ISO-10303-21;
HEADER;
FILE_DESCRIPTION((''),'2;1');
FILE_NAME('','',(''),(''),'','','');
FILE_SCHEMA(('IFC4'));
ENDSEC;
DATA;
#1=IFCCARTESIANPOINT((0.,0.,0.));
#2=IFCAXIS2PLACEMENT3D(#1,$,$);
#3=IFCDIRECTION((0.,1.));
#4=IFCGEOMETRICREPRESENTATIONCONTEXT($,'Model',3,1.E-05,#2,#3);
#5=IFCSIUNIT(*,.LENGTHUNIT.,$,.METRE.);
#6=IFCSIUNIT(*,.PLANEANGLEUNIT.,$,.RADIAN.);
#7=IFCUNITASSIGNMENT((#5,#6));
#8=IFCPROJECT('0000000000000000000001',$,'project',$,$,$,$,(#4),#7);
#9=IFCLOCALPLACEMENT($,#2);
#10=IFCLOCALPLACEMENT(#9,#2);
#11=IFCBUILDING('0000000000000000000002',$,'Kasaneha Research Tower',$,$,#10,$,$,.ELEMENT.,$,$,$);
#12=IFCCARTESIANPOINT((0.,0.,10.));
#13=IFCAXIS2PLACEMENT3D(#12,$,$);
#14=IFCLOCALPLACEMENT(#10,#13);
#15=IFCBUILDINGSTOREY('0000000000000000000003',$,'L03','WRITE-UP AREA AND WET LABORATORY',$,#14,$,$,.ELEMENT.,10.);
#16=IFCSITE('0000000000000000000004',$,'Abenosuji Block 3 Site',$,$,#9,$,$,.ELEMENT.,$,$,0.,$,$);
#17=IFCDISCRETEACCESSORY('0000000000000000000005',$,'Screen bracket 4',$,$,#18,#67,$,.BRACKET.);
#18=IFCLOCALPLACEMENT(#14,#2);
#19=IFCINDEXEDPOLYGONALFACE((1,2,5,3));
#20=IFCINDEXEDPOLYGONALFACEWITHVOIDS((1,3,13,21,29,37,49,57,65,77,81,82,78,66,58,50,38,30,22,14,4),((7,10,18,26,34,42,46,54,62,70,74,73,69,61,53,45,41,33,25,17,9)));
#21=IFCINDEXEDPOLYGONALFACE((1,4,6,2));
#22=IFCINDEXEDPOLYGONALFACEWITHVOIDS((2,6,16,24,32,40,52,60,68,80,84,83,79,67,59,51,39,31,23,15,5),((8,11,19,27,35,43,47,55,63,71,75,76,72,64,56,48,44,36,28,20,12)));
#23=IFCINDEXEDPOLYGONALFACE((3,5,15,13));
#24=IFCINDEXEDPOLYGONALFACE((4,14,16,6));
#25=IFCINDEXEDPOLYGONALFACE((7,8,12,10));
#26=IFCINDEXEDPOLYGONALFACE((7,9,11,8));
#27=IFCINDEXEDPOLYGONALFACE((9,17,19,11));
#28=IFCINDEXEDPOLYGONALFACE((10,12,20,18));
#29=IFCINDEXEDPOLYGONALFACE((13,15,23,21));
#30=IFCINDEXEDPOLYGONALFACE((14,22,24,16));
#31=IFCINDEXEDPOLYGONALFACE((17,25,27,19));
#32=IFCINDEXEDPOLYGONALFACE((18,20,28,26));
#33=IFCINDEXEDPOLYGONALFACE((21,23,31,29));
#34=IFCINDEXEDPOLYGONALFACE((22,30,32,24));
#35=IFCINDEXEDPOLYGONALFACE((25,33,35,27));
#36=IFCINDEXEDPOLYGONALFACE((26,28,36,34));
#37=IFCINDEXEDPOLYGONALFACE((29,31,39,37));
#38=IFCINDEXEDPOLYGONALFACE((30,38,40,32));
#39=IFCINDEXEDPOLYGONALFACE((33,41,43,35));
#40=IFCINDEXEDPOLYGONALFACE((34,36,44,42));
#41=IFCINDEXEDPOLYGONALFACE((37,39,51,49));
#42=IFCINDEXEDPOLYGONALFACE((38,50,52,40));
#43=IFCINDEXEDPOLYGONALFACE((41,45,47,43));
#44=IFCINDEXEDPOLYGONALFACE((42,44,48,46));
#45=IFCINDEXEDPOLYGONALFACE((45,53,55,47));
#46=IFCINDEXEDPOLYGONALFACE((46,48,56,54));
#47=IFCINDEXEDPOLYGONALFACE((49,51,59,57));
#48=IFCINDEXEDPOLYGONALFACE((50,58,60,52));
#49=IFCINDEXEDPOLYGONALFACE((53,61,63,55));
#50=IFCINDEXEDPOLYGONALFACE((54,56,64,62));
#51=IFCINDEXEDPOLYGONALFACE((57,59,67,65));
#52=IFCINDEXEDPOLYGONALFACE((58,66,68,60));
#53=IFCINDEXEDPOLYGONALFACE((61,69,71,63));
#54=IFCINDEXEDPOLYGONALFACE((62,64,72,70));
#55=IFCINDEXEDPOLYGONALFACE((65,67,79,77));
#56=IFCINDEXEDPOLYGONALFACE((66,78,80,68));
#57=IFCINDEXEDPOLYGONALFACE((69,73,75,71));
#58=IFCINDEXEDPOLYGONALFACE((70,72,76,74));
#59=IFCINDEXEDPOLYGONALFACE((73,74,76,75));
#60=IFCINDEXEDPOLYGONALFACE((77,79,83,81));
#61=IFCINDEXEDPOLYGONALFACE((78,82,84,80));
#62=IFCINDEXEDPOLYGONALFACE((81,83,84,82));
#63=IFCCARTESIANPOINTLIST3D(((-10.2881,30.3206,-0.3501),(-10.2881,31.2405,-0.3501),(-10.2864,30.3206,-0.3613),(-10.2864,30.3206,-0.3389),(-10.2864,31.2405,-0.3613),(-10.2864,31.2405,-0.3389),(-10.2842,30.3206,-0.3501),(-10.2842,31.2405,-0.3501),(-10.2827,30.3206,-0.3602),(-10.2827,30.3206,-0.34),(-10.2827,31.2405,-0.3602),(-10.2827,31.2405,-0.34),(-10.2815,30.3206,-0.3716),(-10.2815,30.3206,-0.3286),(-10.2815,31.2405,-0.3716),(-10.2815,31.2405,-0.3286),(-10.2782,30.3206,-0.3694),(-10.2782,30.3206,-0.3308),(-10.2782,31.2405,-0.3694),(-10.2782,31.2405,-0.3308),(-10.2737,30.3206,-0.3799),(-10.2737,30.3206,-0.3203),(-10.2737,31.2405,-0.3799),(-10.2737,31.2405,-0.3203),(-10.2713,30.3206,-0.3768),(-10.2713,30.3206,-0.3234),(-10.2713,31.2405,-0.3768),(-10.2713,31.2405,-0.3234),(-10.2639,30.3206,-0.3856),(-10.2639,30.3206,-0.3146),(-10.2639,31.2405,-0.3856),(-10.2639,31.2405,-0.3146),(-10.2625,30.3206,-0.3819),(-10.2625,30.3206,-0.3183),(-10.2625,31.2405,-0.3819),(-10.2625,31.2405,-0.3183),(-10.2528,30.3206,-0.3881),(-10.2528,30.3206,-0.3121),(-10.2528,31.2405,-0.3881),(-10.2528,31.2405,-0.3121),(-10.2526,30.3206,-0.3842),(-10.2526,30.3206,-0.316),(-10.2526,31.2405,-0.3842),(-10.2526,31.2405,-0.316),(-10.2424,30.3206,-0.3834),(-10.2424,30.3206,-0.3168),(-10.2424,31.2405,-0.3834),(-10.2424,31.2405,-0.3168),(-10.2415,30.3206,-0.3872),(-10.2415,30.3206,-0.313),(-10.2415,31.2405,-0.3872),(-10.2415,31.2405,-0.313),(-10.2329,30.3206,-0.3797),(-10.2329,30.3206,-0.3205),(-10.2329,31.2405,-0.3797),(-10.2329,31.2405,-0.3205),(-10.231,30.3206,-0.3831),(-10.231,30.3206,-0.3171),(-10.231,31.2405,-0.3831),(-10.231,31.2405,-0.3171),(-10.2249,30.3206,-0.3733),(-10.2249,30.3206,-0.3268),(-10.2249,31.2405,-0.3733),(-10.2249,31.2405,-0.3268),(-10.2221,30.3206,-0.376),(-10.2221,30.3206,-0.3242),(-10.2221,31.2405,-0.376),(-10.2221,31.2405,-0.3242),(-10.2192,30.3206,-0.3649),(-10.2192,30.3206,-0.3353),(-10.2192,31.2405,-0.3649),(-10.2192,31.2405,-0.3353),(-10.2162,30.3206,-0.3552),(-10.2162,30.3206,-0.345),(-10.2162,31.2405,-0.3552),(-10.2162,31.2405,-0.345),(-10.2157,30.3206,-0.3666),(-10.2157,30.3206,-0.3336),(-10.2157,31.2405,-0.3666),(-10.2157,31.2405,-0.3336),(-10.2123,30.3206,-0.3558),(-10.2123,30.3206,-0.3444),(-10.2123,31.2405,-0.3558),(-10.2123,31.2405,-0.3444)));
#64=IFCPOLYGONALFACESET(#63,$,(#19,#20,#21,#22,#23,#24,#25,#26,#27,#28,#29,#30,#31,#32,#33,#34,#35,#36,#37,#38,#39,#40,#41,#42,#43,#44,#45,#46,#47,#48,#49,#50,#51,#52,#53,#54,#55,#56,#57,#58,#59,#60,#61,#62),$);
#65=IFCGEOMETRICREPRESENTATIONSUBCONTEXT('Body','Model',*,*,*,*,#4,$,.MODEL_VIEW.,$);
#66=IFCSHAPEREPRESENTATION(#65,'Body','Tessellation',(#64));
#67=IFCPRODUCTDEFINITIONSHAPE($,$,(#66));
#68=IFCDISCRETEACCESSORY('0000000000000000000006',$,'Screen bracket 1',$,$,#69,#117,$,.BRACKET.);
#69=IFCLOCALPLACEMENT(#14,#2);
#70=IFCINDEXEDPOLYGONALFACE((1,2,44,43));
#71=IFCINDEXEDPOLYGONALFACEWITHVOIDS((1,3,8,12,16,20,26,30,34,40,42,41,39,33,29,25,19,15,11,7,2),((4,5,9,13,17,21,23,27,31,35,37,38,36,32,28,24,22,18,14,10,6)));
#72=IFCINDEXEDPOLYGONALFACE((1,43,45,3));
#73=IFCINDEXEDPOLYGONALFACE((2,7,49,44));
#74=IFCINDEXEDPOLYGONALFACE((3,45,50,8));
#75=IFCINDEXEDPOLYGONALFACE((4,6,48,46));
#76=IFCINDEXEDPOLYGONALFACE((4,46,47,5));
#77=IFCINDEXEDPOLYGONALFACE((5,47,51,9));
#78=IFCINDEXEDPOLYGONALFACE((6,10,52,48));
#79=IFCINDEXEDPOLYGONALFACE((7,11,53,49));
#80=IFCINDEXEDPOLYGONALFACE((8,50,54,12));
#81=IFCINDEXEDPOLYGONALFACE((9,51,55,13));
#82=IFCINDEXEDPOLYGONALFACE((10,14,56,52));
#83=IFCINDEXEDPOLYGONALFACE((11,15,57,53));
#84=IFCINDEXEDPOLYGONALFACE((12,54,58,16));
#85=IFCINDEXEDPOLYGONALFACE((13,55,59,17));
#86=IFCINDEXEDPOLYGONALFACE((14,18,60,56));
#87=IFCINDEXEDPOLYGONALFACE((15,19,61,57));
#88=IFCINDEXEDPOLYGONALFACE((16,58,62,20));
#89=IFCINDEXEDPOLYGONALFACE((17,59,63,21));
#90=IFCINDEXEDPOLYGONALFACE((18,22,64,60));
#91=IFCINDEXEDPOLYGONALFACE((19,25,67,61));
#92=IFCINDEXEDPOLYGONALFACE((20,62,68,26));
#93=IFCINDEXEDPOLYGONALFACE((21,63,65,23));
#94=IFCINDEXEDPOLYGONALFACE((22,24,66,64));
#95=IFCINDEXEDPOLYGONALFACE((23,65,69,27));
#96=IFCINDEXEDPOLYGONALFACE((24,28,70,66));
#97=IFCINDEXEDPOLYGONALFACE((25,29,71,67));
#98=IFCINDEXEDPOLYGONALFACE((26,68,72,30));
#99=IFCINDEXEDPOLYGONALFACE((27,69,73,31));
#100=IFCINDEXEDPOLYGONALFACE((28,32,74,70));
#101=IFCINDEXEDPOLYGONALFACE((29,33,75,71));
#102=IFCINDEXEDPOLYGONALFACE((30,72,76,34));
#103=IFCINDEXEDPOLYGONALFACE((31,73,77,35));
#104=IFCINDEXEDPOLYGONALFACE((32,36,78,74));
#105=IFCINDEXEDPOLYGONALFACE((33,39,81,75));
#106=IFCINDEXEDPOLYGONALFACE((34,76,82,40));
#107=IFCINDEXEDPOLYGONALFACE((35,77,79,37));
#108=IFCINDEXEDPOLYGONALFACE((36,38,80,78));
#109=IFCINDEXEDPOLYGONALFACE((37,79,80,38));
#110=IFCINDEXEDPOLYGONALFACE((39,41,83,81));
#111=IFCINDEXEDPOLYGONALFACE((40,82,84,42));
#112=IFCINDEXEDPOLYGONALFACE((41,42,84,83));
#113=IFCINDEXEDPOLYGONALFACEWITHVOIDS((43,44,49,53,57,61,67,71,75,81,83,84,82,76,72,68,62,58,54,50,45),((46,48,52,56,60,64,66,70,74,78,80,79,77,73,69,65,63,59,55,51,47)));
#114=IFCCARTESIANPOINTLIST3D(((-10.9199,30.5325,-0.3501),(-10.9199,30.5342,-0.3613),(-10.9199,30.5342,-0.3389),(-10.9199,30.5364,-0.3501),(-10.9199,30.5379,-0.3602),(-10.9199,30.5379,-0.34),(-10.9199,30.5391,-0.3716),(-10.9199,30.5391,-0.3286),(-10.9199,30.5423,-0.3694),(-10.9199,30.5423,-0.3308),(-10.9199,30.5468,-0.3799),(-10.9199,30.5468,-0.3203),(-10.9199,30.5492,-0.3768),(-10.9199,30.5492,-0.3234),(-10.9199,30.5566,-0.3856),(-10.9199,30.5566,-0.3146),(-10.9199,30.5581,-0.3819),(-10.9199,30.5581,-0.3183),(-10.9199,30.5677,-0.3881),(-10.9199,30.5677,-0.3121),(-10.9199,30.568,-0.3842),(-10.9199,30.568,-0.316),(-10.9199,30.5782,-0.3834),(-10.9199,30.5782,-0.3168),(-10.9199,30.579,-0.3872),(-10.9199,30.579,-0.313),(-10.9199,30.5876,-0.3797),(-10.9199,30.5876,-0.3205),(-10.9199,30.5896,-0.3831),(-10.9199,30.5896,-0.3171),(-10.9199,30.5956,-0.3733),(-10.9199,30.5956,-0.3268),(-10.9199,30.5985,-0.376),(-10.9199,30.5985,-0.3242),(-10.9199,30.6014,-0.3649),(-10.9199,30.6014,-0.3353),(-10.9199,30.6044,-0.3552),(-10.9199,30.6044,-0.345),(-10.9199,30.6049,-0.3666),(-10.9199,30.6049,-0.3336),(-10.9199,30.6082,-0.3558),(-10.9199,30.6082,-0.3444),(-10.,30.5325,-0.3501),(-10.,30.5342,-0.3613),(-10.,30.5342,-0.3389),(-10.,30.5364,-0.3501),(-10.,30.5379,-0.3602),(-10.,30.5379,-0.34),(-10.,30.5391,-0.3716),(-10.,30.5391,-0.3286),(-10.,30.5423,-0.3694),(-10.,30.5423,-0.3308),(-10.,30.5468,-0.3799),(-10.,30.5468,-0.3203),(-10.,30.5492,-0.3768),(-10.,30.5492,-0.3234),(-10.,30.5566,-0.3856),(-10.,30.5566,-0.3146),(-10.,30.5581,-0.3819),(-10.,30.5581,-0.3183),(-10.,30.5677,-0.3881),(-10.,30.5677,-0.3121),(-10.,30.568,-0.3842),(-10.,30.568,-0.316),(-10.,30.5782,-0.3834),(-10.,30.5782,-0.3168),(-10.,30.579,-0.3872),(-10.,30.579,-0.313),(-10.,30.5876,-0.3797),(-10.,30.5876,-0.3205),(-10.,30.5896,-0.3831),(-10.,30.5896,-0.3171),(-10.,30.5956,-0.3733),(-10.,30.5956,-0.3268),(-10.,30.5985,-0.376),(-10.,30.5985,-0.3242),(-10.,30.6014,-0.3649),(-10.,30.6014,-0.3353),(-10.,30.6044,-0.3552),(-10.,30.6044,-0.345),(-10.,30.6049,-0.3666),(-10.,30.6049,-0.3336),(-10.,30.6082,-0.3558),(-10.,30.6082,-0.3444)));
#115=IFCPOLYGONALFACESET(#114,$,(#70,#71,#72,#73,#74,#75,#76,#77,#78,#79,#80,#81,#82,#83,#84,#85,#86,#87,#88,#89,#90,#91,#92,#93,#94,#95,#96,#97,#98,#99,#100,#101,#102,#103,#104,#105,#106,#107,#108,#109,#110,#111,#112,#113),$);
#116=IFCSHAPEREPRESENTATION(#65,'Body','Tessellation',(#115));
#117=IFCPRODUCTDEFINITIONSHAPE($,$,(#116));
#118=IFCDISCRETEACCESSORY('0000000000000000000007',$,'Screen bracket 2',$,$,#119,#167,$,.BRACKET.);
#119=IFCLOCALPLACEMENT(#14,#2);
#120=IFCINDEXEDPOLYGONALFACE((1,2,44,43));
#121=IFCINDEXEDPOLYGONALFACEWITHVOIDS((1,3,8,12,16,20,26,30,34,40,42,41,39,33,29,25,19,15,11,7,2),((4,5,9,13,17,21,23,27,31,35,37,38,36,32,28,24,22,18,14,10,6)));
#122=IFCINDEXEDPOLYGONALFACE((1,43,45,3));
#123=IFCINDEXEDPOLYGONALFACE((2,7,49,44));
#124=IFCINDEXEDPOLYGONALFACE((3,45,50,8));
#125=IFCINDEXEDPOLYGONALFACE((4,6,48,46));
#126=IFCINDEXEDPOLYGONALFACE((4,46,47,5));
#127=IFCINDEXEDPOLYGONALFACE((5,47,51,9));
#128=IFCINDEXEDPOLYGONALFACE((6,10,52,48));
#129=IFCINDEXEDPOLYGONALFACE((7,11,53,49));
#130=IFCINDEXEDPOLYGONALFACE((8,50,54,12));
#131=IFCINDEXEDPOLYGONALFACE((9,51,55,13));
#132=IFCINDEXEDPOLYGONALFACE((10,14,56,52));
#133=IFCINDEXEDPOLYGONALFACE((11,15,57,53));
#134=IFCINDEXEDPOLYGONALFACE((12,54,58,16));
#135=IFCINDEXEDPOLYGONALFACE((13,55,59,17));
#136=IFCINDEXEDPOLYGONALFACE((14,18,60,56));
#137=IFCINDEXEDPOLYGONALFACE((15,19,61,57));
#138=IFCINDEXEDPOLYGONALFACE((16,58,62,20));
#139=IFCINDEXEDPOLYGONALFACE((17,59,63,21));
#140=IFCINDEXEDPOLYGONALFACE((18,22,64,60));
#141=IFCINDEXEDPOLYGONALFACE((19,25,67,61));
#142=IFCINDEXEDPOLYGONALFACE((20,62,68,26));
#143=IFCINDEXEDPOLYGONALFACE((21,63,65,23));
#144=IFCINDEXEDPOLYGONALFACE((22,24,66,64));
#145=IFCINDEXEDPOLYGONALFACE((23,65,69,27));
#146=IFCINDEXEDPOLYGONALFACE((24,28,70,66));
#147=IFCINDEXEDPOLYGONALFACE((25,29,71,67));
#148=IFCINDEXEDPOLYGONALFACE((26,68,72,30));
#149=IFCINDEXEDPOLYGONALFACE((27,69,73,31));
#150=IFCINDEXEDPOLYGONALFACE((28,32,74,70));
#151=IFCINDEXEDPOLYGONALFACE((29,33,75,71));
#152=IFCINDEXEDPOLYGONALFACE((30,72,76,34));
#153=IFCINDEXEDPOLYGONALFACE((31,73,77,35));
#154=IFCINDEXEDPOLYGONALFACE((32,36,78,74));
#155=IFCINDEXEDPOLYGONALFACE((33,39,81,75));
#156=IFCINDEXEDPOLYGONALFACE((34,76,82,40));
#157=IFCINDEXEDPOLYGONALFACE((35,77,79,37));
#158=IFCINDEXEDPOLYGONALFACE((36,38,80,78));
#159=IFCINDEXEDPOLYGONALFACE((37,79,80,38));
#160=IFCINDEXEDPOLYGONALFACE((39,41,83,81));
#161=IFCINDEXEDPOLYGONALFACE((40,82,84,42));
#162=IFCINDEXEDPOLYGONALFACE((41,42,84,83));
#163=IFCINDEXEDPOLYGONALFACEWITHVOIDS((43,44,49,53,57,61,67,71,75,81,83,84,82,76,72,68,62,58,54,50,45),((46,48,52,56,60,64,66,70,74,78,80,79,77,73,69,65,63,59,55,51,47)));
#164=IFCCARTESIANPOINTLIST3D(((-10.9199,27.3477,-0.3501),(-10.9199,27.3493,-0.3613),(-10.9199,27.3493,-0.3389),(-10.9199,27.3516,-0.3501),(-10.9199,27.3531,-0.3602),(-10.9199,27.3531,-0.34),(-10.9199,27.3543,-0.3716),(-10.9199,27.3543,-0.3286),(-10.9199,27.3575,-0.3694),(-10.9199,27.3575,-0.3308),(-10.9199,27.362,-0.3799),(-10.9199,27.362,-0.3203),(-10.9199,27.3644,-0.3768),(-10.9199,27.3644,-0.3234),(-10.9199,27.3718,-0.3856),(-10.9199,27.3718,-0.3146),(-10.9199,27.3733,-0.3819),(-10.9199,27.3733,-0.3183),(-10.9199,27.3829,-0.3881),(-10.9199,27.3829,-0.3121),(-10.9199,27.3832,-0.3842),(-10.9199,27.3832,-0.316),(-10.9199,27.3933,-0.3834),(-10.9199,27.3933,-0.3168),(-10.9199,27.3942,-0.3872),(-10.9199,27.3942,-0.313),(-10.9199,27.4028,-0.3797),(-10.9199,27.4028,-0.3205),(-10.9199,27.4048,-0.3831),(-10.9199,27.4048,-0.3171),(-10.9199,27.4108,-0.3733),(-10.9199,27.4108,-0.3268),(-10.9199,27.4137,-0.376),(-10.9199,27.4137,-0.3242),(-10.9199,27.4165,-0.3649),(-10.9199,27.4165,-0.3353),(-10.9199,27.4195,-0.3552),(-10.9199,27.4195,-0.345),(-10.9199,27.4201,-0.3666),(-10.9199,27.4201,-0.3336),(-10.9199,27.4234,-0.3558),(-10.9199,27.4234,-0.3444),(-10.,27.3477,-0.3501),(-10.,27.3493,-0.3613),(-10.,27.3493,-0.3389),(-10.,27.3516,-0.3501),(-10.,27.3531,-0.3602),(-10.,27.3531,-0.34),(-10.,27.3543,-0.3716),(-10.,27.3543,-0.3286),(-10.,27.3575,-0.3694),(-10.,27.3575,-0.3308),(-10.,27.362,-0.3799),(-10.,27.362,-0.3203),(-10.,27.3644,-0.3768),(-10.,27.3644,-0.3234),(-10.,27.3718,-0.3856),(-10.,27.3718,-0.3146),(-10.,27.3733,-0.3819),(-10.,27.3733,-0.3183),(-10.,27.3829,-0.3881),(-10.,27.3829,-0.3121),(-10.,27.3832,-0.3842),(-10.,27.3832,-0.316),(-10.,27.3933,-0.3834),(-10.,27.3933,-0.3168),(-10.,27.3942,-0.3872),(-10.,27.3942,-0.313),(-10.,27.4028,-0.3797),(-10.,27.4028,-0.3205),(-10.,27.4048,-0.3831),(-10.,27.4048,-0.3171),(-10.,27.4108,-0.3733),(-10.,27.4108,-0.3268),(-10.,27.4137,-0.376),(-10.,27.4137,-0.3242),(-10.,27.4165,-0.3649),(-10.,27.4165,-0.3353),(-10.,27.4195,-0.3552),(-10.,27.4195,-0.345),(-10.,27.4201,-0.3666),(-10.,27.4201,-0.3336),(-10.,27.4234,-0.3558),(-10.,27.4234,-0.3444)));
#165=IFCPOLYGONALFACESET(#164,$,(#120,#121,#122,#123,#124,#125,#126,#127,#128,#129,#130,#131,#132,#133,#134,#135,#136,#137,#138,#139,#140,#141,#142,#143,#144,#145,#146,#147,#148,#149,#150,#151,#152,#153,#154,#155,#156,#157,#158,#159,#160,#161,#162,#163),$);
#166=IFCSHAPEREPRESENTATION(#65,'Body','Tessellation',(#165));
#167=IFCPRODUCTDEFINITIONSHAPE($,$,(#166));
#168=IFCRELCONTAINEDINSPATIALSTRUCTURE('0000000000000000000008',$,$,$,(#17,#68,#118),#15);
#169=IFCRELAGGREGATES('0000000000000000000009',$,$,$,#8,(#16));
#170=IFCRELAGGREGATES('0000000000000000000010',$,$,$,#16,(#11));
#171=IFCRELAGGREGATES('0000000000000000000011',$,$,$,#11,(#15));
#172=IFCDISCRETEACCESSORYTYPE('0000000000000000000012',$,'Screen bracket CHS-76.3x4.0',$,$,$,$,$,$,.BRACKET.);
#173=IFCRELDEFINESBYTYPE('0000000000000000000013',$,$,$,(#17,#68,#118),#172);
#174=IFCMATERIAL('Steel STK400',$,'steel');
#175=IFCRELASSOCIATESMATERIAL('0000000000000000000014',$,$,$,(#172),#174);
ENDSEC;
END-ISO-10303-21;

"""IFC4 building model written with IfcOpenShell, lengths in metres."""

from ifc_helpers import new_model, si_unit, direction, frame, origin, origin_2d, place, context, subcontext, project, spatial, hollow_circle, extrude, material, material_profile, profile_set, type_object, element, save


model = new_model("IFC4")

# Units and contexts
model_context = context("Model", 3, precision=1e-05, world=origin(), true_north=direction((0.0, 1.0)))
body_context = subcontext(model_context, "Body", "Model", "MODEL_VIEW")
ifc_project = project(units=[si_unit("LENGTHUNIT", "METRE"), si_unit("PLANEANGLEUNIT", "RADIAN")], contexts=[model_context])

# Site, building, storey
site_placement = place(None, origin())
site = spatial("IfcSite", under=ifc_project, at=site_placement, Name="Abenosuji Block 3 Site", CompositionType="ELEMENT", RefElevation=0.0)
building_placement = place(site_placement, origin())
building = spatial("IfcBuilding", under=site, at=building_placement, Name="Kasaneha Research Tower", CompositionType="ELEMENT")
storey_placement = place(building_placement, frame((0.0, 0.0, 10.0)))
storey = spatial("IfcBuildingStorey", under=building, at=storey_placement, Name="L03", Description="WRITE-UP AREA AND WET LABORATORY", CompositionType="ELEMENT", Elevation=10.0)

# Discrete accessories
ifc_material_1 = material(Name="Steel STK400", Category="steel")
ifc_material_profile_1 = material_profile(ifc_material_1, hollow_circle(Radius=0.0381, WallThickness=0.0039, at=origin_2d()), Name="CHS-76.3x4.0")
ifc_profile_set_1 = profile_set([ifc_material_profile_1], Name="Steel STK400")
discrete_accessory_type = type_object("IfcDiscreteAccessoryType", Name="Screen bracket CHS-76.3x4.0", PredefinedType="BRACKET", material=ifc_profile_set_1)
for number, where, z_axis, x_axis, name in (
    (1, (-10.25, 30.3206, -0.3501), (0.0, 1.0, 0.0), (-1.0, 0.0, 0.0), "Screen bracket 4"),
    (2, (-10.0, 30.5706, -0.3501), (-1.0, 0.0, 0.0), (0.0, -1.0, 0.0), "Screen bracket 1"),
    (3, (-10.0, 27.3857, -0.3501), (-1.0, 0.0, 0.0), (0.0, -1.0, 0.0), "Screen bracket 2"),
):
    element("IfcDiscreteAccessory", number, at=place(storey_placement, frame(where, z_axis=z_axis, x_axis=x_axis)), inside=storey, type_object=discrete_accessory_type, Name=name, PredefinedType="BRACKET", context=body_context, shape_type="SweptSolid", body=[
        extrude(hollow_circle(Radius=0.0381, WallThickness=0.0039, at=origin_2d()), origin(), (0.0, 0.0, 1.0), 0.9199),
    ])

save(model, "model.ifc")
